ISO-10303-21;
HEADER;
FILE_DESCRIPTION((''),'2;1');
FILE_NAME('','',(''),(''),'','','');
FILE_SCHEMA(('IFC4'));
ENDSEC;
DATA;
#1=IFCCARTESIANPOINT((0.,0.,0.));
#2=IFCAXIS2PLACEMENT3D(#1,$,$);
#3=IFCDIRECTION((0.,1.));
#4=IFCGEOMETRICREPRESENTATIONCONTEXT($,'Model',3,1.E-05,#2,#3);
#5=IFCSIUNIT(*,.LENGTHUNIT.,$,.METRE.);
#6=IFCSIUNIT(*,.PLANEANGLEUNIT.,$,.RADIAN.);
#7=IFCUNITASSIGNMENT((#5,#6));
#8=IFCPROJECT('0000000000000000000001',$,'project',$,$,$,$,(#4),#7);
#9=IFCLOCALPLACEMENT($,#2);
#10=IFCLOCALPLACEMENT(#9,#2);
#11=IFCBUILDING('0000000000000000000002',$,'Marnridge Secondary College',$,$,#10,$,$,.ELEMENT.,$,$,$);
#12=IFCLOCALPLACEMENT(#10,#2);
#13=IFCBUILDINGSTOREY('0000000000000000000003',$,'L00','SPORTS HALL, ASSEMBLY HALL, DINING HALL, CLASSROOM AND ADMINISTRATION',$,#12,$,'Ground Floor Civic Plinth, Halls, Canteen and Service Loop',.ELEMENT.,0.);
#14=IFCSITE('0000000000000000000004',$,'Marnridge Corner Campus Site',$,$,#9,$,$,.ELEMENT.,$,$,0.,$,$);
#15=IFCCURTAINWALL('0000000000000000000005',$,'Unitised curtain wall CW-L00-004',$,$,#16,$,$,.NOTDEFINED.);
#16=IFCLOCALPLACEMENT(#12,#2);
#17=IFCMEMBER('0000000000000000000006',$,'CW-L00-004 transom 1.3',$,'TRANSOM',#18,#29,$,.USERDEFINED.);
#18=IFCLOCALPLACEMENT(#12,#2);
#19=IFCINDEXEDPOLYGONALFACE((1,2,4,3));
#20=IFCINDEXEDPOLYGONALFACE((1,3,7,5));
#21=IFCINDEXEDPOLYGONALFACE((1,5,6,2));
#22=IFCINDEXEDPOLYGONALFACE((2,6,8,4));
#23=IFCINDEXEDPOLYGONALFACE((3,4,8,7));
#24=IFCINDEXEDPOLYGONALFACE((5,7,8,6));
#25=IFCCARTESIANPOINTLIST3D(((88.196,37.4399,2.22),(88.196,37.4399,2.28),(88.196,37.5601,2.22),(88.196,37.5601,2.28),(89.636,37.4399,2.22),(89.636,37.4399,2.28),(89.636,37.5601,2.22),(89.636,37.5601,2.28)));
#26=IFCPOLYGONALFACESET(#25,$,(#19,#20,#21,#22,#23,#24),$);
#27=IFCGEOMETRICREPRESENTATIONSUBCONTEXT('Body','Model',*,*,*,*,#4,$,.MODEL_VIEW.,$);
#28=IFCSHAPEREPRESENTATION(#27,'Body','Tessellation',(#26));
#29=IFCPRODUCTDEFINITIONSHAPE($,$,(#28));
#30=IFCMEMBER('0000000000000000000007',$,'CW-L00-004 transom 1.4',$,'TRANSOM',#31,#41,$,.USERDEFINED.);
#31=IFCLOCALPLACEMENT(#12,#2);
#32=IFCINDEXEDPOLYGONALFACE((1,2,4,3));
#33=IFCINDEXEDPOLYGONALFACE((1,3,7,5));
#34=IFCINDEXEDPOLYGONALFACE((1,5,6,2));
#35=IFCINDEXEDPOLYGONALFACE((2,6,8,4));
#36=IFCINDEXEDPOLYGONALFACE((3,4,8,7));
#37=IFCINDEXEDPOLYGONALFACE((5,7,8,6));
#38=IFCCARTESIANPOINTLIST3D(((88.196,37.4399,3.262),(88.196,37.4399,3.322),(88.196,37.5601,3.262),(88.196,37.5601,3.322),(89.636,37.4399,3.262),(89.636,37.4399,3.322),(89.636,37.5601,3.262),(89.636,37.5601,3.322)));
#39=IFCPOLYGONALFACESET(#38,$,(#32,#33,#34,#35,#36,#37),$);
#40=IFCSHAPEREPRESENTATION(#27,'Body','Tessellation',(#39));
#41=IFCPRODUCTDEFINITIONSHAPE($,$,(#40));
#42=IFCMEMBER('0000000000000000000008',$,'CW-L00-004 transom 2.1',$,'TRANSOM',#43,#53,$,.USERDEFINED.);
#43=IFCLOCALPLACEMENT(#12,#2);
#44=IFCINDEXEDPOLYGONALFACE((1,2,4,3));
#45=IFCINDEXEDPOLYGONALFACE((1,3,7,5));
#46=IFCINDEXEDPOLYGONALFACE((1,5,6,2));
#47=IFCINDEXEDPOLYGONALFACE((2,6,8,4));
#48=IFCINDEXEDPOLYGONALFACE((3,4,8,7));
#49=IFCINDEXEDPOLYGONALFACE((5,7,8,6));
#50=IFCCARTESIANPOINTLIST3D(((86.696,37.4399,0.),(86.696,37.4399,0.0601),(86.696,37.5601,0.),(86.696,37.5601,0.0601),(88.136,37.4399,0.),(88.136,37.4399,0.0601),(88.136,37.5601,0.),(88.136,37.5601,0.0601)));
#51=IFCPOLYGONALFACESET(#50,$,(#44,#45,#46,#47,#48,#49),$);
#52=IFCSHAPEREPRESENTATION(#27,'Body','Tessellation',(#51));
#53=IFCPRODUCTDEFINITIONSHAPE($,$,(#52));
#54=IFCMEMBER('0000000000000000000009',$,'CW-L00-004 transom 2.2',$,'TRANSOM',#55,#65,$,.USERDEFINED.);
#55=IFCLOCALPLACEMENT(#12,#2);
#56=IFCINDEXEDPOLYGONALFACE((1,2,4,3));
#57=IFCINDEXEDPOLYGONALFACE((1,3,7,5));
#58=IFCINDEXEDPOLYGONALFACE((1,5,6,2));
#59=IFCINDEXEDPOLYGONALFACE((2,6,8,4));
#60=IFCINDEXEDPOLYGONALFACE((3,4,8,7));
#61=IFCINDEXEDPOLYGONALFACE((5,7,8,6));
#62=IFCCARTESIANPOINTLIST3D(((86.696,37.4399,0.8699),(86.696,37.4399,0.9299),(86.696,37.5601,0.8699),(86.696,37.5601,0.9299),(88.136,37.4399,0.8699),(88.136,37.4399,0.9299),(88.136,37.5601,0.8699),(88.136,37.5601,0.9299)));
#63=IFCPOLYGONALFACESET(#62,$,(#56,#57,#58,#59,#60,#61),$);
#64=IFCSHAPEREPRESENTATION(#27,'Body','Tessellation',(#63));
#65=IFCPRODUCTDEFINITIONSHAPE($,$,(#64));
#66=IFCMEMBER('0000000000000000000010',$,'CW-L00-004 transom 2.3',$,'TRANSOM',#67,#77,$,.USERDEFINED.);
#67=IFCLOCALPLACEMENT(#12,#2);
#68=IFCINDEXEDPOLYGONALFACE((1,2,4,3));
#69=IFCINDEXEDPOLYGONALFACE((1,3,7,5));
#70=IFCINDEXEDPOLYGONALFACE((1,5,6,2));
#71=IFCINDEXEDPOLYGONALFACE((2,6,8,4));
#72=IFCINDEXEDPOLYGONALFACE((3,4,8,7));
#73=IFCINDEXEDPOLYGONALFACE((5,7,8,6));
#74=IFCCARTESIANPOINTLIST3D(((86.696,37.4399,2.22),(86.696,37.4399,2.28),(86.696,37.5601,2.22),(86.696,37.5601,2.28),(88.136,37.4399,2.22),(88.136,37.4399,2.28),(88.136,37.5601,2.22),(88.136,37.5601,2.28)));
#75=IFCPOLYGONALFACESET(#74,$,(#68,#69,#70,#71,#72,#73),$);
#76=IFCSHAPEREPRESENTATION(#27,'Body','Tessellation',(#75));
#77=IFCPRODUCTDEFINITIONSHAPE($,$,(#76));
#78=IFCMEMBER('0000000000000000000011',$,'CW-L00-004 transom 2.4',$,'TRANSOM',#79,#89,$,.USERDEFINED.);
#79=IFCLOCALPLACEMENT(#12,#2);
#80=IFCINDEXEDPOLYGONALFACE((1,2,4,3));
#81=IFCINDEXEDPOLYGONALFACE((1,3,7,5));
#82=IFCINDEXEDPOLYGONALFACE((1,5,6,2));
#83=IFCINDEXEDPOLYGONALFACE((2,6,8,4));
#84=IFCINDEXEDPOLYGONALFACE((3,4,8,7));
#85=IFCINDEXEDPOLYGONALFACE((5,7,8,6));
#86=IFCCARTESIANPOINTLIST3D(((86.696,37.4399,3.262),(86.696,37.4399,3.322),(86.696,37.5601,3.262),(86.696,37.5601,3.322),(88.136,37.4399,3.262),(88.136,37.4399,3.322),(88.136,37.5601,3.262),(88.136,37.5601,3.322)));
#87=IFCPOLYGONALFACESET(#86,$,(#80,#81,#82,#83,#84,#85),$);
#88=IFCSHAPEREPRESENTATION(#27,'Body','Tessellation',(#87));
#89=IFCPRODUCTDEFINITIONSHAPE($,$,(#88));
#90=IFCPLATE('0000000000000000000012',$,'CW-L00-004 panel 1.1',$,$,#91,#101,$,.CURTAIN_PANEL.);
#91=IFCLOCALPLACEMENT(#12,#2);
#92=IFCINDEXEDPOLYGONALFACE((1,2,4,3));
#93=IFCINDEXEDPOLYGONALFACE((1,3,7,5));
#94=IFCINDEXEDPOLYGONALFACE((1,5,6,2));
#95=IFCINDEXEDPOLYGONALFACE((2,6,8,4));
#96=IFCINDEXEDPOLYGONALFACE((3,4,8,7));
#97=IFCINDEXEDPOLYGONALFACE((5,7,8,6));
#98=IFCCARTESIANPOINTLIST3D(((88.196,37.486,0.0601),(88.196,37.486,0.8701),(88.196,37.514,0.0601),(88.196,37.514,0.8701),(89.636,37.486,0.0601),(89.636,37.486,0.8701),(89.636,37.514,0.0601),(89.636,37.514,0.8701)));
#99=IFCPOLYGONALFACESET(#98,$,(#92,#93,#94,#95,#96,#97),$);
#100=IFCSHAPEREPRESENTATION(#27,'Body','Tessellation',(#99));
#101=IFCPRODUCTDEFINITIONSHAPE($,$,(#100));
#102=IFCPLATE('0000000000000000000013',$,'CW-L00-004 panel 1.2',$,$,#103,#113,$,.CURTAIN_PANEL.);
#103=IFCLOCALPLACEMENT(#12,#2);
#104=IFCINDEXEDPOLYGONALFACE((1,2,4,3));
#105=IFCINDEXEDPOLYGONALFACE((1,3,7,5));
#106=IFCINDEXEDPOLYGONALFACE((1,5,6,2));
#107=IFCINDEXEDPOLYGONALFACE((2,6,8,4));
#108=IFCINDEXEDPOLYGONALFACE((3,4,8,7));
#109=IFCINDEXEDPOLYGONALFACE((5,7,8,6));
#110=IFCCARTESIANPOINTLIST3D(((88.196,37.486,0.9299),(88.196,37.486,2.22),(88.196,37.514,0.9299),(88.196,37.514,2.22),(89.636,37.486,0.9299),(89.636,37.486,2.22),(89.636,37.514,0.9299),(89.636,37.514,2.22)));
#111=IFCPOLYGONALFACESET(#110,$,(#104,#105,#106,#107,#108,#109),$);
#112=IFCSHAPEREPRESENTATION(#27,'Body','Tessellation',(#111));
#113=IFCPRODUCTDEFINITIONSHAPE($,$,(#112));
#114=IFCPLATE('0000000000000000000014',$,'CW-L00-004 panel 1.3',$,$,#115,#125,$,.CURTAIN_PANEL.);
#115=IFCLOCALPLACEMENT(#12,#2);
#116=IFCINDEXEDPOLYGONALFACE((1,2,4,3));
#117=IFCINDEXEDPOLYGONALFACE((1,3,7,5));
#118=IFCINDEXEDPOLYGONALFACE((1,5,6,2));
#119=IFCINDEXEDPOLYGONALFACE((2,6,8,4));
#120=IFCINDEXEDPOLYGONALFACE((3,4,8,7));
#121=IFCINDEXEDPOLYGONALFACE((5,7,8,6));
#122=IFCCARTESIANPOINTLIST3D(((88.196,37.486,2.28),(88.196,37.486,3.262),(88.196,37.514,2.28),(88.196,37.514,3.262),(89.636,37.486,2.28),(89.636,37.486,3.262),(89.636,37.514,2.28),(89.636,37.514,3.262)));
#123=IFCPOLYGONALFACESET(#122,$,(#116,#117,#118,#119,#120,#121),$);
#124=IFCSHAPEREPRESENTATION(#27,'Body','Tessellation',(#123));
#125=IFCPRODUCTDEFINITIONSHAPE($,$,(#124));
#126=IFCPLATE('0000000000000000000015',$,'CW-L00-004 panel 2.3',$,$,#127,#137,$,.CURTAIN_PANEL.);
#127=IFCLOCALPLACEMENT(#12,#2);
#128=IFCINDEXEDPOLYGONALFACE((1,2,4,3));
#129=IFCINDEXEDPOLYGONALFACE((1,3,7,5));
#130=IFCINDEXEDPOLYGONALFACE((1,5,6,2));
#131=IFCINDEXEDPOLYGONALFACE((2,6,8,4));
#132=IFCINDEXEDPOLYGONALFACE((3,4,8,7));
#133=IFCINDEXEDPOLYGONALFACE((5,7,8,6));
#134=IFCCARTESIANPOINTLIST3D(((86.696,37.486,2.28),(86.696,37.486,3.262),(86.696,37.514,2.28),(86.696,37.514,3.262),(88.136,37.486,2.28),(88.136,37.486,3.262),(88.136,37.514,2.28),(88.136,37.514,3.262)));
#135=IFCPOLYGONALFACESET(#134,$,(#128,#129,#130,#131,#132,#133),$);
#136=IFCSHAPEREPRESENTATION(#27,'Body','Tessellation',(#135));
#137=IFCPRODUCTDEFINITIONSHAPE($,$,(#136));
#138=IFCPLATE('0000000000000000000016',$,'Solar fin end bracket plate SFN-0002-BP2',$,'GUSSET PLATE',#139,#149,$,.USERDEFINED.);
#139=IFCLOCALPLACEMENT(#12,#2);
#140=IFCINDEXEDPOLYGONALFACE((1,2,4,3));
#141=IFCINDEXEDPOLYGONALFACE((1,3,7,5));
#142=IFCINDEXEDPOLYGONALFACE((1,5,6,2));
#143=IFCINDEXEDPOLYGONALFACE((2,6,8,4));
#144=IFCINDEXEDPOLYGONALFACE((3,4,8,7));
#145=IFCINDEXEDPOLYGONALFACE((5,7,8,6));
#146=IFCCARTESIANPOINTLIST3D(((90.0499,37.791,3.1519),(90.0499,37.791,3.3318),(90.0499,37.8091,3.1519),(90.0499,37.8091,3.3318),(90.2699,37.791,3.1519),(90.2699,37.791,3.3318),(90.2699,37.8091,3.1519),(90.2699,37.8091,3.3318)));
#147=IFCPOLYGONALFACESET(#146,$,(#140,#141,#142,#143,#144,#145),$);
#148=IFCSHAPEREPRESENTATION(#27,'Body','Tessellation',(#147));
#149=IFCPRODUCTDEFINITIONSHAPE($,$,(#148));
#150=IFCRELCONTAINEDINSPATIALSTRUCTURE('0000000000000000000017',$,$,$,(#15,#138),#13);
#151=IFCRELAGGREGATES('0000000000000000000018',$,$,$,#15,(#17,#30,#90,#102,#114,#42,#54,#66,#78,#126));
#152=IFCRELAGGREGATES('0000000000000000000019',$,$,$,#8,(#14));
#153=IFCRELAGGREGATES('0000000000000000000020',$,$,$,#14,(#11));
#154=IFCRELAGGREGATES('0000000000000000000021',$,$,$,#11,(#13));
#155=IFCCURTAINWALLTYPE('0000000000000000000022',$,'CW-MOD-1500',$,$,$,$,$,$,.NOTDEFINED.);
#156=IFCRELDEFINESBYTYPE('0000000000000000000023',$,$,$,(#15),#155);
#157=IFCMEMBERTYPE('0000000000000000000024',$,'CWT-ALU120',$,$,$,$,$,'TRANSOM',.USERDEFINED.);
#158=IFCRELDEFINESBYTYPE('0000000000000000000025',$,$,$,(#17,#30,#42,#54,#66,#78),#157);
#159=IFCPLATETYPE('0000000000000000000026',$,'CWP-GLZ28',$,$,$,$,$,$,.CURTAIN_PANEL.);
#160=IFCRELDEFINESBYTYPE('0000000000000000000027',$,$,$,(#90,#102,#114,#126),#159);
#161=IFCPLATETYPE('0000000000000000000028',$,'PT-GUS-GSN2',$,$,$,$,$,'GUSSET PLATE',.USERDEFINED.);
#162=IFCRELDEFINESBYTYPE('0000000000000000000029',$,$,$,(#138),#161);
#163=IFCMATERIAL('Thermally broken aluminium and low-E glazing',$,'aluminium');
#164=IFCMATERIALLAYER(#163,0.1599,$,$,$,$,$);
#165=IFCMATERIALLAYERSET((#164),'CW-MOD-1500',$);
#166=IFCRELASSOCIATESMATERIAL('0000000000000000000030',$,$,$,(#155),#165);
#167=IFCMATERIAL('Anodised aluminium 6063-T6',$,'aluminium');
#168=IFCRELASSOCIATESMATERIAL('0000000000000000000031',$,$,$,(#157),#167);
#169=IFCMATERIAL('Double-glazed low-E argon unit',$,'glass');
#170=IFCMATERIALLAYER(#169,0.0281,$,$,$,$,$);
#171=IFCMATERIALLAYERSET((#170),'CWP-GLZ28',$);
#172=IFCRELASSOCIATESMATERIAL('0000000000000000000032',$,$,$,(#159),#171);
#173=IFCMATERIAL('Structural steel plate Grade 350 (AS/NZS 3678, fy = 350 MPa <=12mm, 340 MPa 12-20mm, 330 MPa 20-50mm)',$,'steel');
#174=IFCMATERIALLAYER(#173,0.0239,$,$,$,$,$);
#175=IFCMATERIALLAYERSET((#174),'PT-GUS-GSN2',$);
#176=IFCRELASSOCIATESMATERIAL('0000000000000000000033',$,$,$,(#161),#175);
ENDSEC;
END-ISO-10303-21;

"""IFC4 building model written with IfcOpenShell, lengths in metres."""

from ifc_helpers import new_model, si_unit, direction, frame, origin, origin_2d, place, context, subcontext, project, spatial, rectangle, extrude, material, layer, layer_set, material_profile, profile_set, type_object, element, aggregate, save


model = new_model("IFC4")

# Units and contexts
model_context = context("Model", 3, precision=1e-05, world=origin(), true_north=direction((0.0, 1.0)))
body_context = subcontext(model_context, "Body", "Model", "MODEL_VIEW")
ifc_project = project(units=[si_unit("LENGTHUNIT", "METRE"), si_unit("PLANEANGLEUNIT", "RADIAN")], contexts=[model_context])

# Site, building, storey
site_placement = place(None, origin())
site = spatial("IfcSite", under=ifc_project, at=site_placement, Name="Marnridge Corner Campus Site", CompositionType="ELEMENT", RefElevation=0.0)
building_placement = place(site_placement, origin())
building = spatial("IfcBuilding", under=site, at=building_placement, Name="Marnridge Secondary College", CompositionType="ELEMENT")
storey_placement = place(building_placement, origin())
storey = spatial("IfcBuildingStorey", under=building, at=storey_placement, Name="L00", Description="SPORTS HALL, ASSEMBLY HALL, DINING HALL, CLASSROOM AND ADMINISTRATION", LongName="Ground Floor Civic Plinth, Halls, Canteen and Service Loop", CompositionType="ELEMENT", Elevation=0.0)

# Curtain wall, members, plates
ifc_material_1 = material(Name="Thermally broken aluminium and low-E glazing", Category="aluminium")
ifc_layer_1 = layer(ifc_material_1, 0.1599)
ifc_layer_set_1 = layer_set([ifc_layer_1], Name="CW-MOD-1500")
curtain_wall_type = type_object("IfcCurtainWallType", Name="CW-MOD-1500", PredefinedType="NOTDEFINED", material=ifc_layer_set_1)
curtain_wall_placement = place(storey_placement, origin())
curtain_wall = element("IfcCurtainWall", 1, at=curtain_wall_placement, inside=storey, type_object=curtain_wall_type, Name="Unitised curtain wall CW-L00-004", PredefinedType="NOTDEFINED")
ifc_material_2 = material(Name="Anodised aluminium 6063-T6", Category="aluminium")
ifc_material_profile_1 = material_profile(ifc_material_2, rectangle(XDim=0.0601, YDim=0.1201, at=origin_2d()), Name="ALU 60x120")
ifc_profile_set_1 = profile_set([ifc_material_profile_1], Name="Anodised aluminium 6063-T6")
member_type_1 = type_object("IfcMemberType", Name="CWT-ALU120", ElementType="TRANSOM", PredefinedType="USERDEFINED", material=ifc_profile_set_1)
member_1_placement = place(storey_placement, frame((89.636, 37.5, 2.25), z_axis=(-1.0, 0.0, 0.0), x_axis=(0.0, 0.0, 1.0)))
member_1 = element("IfcMember", 2, at=member_1_placement, type_object=member_type_1, Name="CW-L00-004 transom 1.3", ObjectType="TRANSOM", PredefinedType="USERDEFINED", context=body_context, shape_type="SweptSolid", body=[
    extrude(rectangle(XDim=0.0601, YDim=0.1201, at=origin_2d()), origin(), (0.0, 0.0, 1.0), 1.4399),
])
member_2_placement = place(storey_placement, frame((89.636, 37.5, 3.292), z_axis=(-1.0, 0.0, 0.0), x_axis=(0.0, 0.0, 1.0)))
member_2 = element("IfcMember", 3, at=member_2_placement, type_object=member_type_1, Name="CW-L00-004 transom 1.4", ObjectType="TRANSOM", PredefinedType="USERDEFINED", context=body_context, shape_type="SweptSolid", body=[
    extrude(rectangle(XDim=0.0601, YDim=0.1201, at=origin_2d()), origin(), (0.0, 0.0, 1.0), 1.4399),
])
member_3_placement = place(storey_placement, frame((88.136, 37.5, 0.03), z_axis=(-1.0, 0.0, 0.0), x_axis=(0.0, 0.0, 1.0)))
member_3 = element("IfcMember", 4, at=member_3_placement, type_object=member_type_1, Name="CW-L00-004 transom 2.1", ObjectType="TRANSOM", PredefinedType="USERDEFINED", context=body_context, shape_type="SweptSolid", body=[
    extrude(rectangle(XDim=0.0601, YDim=0.1201, at=origin_2d()), origin(), (0.0, 0.0, 1.0), 1.4399),
])
member_4_placement = place(storey_placement, frame((88.136, 37.5, 0.8999), z_axis=(-1.0, 0.0, 0.0), x_axis=(0.0, 0.0, 1.0)))
member_4 = element("IfcMember", 5, at=member_4_placement, type_object=member_type_1, Name="CW-L00-004 transom 2.2", ObjectType="TRANSOM", PredefinedType="USERDEFINED", context=body_context, shape_type="SweptSolid", body=[
    extrude(rectangle(XDim=0.0601, YDim=0.1201, at=origin_2d()), origin(), (0.0, 0.0, 1.0), 1.4399),
])
member_5_placement = place(storey_placement, frame((88.136, 37.5, 2.25), z_axis=(-1.0, 0.0, 0.0), x_axis=(0.0, 0.0, 1.0)))
member_5 = element("IfcMember", 6, at=member_5_placement, type_object=member_type_1, Name="CW-L00-004 transom 2.3", ObjectType="TRANSOM", PredefinedType="USERDEFINED", context=body_context, shape_type="SweptSolid", body=[
    extrude(rectangle(XDim=0.0601, YDim=0.1201, at=origin_2d()), origin(), (0.0, 0.0, 1.0), 1.4399),
])
member_6_placement = place(storey_placement, frame((88.136, 37.5, 3.292), z_axis=(-1.0, 0.0, 0.0), x_axis=(0.0, 0.0, 1.0)))
member_6 = element("IfcMember", 7, at=member_6_placement, type_object=member_type_1, Name="CW-L00-004 transom 2.4", ObjectType="TRANSOM", PredefinedType="USERDEFINED", context=body_context, shape_type="SweptSolid", body=[
    extrude(rectangle(XDim=0.0601, YDim=0.1201, at=origin_2d()), origin(), (0.0, 0.0, 1.0), 1.4399),
])
ifc_material_3 = material(Name="Double-glazed low-E argon unit", Category="glass")
ifc_layer_2 = layer(ifc_material_3, 0.0281)
ifc_layer_set_2 = layer_set([ifc_layer_2], Name="CWP-GLZ28")
plate_type_1 = type_object("IfcPlateType", Name="CWP-GLZ28", PredefinedType="CURTAIN_PANEL", material=ifc_layer_set_2)
plate_1_placement = place(storey_placement, frame((88.916, 37.5, 0.0601), z_axis=(0.0, 0.0, 1.0), x_axis=(-1.0, 0.0, 0.0)))
plate_1 = element("IfcPlate", 8, at=plate_1_placement, type_object=plate_type_1, Name="CW-L00-004 panel 1.1", PredefinedType="CURTAIN_PANEL", context=body_context, shape_type="SweptSolid", body=[
    extrude(rectangle(XDim=1.4399, YDim=0.0281, at=origin_2d()), origin(), (0.0, 0.0, 1.0), 0.8101),
])
plate_2_placement = place(storey_placement, frame((88.916, 37.5, 0.9299), z_axis=(0.0, 0.0, 1.0), x_axis=(-1.0, 0.0, 0.0)))
plate_2 = element("IfcPlate", 9, at=plate_2_placement, type_object=plate_type_1, Name="CW-L00-004 panel 1.2", PredefinedType="CURTAIN_PANEL", context=body_context, shape_type="SweptSolid", body=[
    extrude(rectangle(XDim=1.4399, YDim=0.0281, at=origin_2d()), origin(), (0.0, 0.0, 1.0), 1.29),
])
plate_3_placement = place(storey_placement, frame((88.916, 37.5, 2.28), z_axis=(0.0, 0.0, 1.0), x_axis=(-1.0, 0.0, 0.0)))
plate_3 = element("IfcPlate", 10, at=plate_3_placement, type_object=plate_type_1, Name="CW-L00-004 panel 1.3", PredefinedType="CURTAIN_PANEL", context=body_context, shape_type="SweptSolid", body=[
    extrude(rectangle(XDim=1.4399, YDim=0.0281, at=origin_2d()), origin(), (0.0, 0.0, 1.0), 0.9819),
])
plate_4_placement = place(storey_placement, frame((87.416, 37.5, 2.28), z_axis=(0.0, 0.0, 1.0), x_axis=(-1.0, 0.0, 0.0)))
plate_4 = element("IfcPlate", 11, at=plate_4_placement, type_object=plate_type_1, Name="CW-L00-004 panel 2.3", PredefinedType="CURTAIN_PANEL", context=body_context, shape_type="SweptSolid", body=[
    extrude(rectangle(XDim=1.4399, YDim=0.0281, at=origin_2d()), origin(), (0.0, 0.0, 1.0), 0.9819),
])
aggregate(curtain_wall, [member_1, member_2, plate_1, plate_2, plate_3, member_3, member_4, member_5, member_6, plate_4])

# Plate
ifc_material_4 = material(Name="Structural steel plate Grade 350 (AS/NZS 3678, fy = 350 MPa <=12mm, 340 MPa 12-20mm, 330 MPa 20-50mm)", Category="steel")
ifc_layer_3 = layer(ifc_material_4, 0.0239)
ifc_layer_set_3 = layer_set([ifc_layer_3], Name="PT-GUS-GSN2")
plate_type_2 = type_object("IfcPlateType", Name="PT-GUS-GSN2", ElementType="GUSSET PLATE", PredefinedType="USERDEFINED", material=ifc_layer_set_3)
plate_5_placement = place(storey_placement, frame((90.1599, 37.8, 3.1519), z_axis=(0.0, 0.0, 1.0), x_axis=(1.0, 0.0, 0.0)))
element("IfcPlate", 12, at=plate_5_placement, inside=storey, type_object=plate_type_2, Name="Solar fin end bracket plate SFN-0002-BP2", ObjectType="GUSSET PLATE", PredefinedType="USERDEFINED", context=body_context, shape_type="SweptSolid", body=[
    extrude(rectangle(XDim=0.22, YDim=0.0181, at=origin_2d()), origin(), (0.0, 0.0, 1.0), 0.1799),
])

save(model, "model.ifc")
